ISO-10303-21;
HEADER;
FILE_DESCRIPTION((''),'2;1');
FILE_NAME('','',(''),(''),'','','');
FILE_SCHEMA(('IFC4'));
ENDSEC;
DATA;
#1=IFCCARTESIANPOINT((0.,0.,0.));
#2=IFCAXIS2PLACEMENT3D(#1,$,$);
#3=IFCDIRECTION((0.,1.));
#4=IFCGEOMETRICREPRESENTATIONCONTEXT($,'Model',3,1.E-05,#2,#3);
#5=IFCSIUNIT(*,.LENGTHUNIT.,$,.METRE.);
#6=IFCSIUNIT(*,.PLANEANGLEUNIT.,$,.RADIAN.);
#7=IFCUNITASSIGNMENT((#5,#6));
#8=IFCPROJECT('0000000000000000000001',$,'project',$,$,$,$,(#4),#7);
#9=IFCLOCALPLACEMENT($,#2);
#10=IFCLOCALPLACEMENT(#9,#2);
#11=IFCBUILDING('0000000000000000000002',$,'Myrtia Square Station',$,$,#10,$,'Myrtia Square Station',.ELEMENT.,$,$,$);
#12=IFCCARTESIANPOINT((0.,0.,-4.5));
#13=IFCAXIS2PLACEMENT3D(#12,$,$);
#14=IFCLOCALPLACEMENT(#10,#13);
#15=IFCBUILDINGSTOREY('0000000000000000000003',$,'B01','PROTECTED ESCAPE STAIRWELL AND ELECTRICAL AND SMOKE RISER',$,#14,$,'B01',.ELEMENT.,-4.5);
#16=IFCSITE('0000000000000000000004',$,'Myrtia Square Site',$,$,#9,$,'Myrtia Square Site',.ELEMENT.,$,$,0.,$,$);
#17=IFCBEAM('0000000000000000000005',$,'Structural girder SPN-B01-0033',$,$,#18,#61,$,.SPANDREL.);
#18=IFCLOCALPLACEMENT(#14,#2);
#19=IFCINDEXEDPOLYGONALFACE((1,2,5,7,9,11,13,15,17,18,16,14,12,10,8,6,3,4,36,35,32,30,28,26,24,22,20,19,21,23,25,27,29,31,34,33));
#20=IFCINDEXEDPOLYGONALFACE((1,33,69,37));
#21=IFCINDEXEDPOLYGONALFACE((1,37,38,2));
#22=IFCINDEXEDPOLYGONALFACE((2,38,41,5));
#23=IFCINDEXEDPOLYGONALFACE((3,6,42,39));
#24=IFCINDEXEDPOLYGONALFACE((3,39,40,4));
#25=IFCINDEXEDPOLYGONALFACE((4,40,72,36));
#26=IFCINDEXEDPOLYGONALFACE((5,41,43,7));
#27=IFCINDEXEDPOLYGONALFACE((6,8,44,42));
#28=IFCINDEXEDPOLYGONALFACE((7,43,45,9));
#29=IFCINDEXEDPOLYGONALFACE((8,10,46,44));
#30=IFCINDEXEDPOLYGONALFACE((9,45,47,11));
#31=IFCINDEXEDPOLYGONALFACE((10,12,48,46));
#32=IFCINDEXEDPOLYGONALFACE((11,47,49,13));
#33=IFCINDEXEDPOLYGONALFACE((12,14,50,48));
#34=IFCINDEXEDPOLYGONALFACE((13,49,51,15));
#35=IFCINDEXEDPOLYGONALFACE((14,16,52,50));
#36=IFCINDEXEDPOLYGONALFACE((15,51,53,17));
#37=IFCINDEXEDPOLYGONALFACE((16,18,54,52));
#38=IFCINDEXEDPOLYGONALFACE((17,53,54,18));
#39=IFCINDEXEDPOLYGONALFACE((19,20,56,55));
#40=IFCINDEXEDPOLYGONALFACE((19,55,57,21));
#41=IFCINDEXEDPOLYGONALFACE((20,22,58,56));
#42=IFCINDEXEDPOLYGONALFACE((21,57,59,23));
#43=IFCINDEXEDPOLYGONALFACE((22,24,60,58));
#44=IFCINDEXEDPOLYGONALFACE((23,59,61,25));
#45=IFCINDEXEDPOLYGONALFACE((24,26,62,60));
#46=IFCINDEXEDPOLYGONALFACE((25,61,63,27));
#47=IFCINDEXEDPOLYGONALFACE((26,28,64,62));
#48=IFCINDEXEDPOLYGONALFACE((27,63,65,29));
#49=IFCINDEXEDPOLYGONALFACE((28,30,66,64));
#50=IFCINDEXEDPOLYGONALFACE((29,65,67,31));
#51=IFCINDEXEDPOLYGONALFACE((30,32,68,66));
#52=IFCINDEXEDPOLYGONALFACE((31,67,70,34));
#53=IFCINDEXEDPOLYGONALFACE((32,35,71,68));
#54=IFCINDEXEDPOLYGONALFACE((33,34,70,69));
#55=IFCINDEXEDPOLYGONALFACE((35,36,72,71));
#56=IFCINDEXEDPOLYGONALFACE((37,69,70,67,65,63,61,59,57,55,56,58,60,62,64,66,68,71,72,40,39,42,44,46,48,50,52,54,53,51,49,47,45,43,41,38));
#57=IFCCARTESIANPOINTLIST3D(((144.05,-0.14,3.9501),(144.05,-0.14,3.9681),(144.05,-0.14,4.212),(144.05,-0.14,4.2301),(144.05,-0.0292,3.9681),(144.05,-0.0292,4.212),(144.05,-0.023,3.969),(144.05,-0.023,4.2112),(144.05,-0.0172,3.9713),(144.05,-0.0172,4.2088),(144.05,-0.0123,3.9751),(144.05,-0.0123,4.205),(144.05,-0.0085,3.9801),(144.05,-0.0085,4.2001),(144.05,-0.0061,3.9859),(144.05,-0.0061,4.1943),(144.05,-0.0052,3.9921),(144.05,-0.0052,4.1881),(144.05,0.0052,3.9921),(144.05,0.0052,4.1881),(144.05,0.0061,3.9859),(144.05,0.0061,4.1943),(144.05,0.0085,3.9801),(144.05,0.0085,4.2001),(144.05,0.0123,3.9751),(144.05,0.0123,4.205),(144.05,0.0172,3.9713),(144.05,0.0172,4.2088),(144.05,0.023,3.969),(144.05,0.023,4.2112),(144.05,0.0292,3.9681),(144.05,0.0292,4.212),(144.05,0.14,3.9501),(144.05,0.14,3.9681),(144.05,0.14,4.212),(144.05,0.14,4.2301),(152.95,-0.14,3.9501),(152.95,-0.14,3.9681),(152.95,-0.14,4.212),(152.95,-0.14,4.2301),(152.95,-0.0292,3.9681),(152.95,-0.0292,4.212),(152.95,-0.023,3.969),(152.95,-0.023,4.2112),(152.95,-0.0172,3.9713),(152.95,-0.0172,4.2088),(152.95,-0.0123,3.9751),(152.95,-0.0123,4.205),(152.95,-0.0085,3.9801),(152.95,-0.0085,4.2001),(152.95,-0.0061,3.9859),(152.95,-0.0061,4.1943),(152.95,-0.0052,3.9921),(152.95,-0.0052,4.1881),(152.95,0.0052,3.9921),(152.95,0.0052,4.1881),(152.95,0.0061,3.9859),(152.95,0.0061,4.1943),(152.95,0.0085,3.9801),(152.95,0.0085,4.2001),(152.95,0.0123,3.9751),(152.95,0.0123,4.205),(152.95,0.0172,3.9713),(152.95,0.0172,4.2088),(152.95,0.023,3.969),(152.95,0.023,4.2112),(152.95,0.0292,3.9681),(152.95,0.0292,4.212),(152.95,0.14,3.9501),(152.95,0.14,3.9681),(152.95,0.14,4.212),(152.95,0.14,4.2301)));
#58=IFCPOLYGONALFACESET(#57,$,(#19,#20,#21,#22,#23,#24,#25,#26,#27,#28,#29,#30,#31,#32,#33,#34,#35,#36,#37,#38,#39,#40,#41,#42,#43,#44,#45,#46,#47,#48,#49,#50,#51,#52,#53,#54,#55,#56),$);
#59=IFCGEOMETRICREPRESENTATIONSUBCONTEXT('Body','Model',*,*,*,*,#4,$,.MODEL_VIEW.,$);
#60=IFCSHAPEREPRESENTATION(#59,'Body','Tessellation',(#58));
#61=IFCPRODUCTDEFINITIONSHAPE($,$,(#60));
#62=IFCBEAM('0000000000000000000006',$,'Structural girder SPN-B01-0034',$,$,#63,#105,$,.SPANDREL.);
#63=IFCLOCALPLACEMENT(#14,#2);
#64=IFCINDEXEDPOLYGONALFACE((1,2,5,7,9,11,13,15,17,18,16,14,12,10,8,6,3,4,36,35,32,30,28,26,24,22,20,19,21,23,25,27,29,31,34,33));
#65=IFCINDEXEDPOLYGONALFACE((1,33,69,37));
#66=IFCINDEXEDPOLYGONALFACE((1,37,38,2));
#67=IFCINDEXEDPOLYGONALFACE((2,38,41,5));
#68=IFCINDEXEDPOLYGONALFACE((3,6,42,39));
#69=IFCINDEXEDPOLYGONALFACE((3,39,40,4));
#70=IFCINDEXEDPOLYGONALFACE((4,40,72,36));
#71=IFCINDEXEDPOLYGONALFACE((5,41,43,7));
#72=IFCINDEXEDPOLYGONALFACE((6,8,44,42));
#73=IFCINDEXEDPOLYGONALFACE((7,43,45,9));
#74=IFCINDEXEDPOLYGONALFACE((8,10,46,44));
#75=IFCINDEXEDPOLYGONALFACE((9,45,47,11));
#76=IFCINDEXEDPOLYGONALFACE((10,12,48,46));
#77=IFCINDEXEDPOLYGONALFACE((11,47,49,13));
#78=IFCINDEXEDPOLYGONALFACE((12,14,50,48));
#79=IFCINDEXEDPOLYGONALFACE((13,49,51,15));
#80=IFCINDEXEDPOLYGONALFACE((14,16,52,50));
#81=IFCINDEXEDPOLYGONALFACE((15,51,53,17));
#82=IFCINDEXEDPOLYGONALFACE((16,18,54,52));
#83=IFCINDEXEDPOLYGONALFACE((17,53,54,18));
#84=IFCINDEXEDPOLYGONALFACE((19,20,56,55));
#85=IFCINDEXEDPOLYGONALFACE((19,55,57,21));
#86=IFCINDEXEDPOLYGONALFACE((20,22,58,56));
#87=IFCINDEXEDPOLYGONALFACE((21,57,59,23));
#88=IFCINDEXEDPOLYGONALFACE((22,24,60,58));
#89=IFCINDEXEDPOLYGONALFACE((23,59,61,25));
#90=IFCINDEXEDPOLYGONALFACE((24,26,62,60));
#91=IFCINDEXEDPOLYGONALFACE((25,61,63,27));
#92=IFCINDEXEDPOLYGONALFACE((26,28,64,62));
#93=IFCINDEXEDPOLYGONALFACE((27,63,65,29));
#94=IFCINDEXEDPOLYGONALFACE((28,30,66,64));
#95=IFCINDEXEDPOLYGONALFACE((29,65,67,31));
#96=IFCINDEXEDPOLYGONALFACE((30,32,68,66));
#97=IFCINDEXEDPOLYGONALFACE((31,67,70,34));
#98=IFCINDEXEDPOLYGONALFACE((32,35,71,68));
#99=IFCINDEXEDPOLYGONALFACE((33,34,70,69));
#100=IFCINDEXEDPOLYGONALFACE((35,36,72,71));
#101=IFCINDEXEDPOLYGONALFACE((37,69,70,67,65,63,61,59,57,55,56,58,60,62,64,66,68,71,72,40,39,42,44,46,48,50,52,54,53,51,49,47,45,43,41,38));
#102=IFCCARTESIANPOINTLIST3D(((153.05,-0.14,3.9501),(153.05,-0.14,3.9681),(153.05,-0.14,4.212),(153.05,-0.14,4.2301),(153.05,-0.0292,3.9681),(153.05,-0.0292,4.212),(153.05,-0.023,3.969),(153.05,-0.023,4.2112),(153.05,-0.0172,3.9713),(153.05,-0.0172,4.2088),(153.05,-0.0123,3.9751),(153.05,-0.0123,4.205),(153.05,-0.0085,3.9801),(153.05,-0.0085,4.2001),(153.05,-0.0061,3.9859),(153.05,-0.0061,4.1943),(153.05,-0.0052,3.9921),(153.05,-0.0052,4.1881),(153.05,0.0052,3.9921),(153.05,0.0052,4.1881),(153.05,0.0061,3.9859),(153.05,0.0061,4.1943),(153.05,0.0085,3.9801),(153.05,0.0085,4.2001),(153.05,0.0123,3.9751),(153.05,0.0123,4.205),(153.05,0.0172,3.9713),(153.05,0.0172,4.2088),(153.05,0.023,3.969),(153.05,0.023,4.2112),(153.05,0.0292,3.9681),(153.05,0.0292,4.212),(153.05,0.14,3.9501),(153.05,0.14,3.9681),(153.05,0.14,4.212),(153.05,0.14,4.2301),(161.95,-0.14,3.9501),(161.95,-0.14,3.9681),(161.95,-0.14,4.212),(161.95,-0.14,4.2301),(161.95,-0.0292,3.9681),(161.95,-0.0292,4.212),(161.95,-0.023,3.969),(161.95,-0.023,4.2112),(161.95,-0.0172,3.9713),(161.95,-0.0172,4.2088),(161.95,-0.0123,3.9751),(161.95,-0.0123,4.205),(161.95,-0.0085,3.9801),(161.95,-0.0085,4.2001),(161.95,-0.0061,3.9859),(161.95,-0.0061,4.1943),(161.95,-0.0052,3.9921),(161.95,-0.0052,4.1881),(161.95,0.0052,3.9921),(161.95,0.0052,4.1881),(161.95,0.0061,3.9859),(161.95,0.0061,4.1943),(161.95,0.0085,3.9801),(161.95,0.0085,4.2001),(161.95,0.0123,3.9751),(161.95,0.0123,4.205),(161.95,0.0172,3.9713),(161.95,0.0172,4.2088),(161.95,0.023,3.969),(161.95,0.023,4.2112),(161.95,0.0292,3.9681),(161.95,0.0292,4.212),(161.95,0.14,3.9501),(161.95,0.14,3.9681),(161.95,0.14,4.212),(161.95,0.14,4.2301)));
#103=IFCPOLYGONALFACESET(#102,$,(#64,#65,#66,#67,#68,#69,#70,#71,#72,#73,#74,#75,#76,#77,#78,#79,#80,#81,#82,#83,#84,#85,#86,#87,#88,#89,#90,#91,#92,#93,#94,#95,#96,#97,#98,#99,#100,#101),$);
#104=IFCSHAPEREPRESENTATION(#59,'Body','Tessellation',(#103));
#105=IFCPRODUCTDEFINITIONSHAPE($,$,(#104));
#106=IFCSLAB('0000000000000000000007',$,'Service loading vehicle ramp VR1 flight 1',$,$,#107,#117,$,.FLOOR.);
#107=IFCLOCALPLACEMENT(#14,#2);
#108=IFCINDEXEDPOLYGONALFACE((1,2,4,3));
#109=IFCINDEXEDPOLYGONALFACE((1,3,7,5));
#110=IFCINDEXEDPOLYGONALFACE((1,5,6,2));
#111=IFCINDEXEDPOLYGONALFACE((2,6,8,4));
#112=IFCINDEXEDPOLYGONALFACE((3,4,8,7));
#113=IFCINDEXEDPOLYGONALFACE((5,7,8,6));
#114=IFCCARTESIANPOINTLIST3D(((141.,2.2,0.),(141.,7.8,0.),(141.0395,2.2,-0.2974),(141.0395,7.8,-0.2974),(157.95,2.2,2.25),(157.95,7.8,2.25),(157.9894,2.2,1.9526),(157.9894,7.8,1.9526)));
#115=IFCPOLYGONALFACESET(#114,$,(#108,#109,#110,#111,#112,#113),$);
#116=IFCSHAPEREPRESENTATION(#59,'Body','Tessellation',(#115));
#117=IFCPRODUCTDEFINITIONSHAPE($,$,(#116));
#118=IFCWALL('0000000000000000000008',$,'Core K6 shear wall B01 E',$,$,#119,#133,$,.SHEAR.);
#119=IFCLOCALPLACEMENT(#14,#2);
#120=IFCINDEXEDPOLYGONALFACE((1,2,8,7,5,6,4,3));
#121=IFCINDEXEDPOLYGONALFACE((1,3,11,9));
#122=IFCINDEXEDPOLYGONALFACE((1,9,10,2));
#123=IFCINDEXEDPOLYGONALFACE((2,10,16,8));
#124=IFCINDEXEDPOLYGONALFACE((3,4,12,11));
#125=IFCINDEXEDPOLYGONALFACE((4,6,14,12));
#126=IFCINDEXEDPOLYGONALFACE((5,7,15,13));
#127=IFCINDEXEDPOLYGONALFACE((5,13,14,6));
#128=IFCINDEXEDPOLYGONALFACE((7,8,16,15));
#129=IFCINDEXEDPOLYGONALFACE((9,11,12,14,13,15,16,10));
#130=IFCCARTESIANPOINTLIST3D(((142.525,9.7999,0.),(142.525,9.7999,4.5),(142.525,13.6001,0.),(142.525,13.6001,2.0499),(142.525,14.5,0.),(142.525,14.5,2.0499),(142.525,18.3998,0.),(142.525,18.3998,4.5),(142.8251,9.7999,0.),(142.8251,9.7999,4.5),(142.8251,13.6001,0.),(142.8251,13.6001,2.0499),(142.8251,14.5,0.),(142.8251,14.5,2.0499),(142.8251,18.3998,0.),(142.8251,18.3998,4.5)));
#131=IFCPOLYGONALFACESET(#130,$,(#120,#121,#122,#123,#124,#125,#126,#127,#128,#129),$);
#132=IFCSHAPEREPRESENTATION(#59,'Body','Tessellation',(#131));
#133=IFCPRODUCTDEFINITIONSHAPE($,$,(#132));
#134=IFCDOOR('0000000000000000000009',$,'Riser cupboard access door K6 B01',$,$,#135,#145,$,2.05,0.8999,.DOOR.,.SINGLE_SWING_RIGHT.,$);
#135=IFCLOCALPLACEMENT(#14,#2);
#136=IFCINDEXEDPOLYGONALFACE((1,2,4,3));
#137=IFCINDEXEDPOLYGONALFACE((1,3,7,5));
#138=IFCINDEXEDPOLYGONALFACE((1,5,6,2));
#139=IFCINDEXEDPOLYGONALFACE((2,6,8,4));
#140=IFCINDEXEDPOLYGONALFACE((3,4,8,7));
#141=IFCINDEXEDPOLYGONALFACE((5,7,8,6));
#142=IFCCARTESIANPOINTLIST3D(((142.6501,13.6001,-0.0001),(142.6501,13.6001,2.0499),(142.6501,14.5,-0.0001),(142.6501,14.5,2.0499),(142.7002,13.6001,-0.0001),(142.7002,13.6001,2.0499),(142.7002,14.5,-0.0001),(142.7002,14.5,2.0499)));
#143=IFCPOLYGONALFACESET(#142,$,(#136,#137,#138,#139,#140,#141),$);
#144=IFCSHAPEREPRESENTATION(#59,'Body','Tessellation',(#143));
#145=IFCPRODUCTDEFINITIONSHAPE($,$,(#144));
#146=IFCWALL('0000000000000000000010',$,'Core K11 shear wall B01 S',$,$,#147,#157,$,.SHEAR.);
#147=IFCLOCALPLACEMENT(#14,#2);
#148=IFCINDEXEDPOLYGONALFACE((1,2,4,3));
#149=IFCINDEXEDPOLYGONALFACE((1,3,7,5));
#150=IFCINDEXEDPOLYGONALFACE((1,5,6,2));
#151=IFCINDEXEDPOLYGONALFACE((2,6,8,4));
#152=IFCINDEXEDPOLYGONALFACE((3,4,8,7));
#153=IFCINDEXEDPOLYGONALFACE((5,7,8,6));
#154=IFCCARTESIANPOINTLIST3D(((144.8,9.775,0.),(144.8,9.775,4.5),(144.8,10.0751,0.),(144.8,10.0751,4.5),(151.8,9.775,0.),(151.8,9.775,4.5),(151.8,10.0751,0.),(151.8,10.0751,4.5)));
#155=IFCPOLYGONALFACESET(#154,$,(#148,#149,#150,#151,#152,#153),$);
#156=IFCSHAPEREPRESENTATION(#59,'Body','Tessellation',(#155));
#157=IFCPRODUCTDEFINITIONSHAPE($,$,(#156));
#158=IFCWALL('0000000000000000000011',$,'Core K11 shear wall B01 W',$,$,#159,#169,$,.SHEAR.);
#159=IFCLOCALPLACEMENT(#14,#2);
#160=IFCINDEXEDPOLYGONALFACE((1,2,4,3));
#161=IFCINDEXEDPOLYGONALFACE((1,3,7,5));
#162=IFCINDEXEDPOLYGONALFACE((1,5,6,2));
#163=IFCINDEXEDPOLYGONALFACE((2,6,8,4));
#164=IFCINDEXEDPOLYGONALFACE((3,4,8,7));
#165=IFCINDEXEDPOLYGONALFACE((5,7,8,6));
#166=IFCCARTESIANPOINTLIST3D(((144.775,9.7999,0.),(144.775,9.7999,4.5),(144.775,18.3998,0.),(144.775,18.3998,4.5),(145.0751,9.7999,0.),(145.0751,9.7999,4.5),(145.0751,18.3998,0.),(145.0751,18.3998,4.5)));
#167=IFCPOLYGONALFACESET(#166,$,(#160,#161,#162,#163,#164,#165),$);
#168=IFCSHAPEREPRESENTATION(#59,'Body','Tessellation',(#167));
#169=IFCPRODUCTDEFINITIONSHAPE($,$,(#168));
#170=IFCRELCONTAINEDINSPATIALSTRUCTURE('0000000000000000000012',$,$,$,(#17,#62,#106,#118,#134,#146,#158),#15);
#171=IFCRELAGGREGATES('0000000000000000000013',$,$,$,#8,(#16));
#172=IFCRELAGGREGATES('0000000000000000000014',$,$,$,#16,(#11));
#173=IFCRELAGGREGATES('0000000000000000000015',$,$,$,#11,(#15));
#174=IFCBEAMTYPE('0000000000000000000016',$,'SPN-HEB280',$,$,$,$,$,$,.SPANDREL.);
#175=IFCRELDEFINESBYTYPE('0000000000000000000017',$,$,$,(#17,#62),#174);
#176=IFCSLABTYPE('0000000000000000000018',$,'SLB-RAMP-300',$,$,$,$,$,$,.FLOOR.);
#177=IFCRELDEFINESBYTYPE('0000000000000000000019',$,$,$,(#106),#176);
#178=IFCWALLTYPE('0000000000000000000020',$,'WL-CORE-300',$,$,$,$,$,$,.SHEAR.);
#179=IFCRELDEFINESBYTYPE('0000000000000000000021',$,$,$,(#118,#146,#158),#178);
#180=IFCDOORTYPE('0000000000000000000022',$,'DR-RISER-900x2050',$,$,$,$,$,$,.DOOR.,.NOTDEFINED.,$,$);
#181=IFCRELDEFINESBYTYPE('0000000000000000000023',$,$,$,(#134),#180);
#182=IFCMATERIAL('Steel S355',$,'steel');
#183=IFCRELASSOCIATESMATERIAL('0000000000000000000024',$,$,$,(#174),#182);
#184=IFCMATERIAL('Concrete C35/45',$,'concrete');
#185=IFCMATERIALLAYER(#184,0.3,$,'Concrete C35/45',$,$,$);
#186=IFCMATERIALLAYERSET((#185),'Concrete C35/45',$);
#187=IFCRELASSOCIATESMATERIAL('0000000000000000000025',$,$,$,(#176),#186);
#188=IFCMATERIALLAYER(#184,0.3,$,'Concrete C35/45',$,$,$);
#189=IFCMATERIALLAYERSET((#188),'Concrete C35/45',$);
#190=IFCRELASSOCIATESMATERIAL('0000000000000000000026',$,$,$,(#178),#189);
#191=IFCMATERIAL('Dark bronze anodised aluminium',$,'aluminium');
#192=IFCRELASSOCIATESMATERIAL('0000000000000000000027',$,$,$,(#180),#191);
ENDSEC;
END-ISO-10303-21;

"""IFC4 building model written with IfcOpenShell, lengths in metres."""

from ifc_helpers import new_model, si_unit, direction, frame, frame_2d, origin, origin_2d, place, context, subcontext, project, spatial, polyline, rectangle, i_section, outline, extrude, material, layer, layer_set, material_profile, profile_set, type_object, element, fill, save


model = new_model("IFC4")

# Units and contexts
model_context = context("Model", 3, precision=1e-05, world=origin(), true_north=direction((0.0, 1.0)))
body_context = subcontext(model_context, "Body", "Model", "MODEL_VIEW")
ifc_project = project(units=[si_unit("LENGTHUNIT", "METRE"), si_unit("PLANEANGLEUNIT", "RADIAN")], contexts=[model_context])

# Site, building, storey
site_placement = place(None, origin())
site = spatial("IfcSite", under=ifc_project, at=site_placement, Name="Myrtia Square Site", LongName="Myrtia Square Site", CompositionType="ELEMENT", RefElevation=0.0)
building_placement = place(site_placement, origin())
building = spatial("IfcBuilding", under=site, at=building_placement, Name="Myrtia Square Station", LongName="Myrtia Square Station", CompositionType="ELEMENT")
storey_placement = place(building_placement, frame((0.0, 0.0, -4.5)))
storey = spatial("IfcBuildingStorey", under=building, at=storey_placement, Name="B01", Description="PROTECTED ESCAPE STAIRWELL AND ELECTRICAL AND SMOKE RISER", LongName="B01", CompositionType="ELEMENT", Elevation=-4.5)

# Shared definitions
ifc_material_1 = material(Name="Concrete C35/45", Category="concrete")

# Shared definitions
ifc_material_2 = material(Name="Steel S355", Category="steel")

# Beams
ifc_material_profile_1 = material_profile(ifc_material_2, i_section(OverallWidth=0.28, OverallDepth=0.28, WebThickness=0.0105, FlangeThickness=0.0181, FilletRadius=0.0239, at=origin_2d()), Name="HEB 280")
ifc_profile_set_1 = profile_set([ifc_material_profile_1], Name="Steel S355")
beam_type_1 = type_object("IfcBeamType", Name="SPN-HEB280", PredefinedType="SPANDREL", material=ifc_profile_set_1)
for number, where, z_axis, x_axis, name in (
    (1, (144.05, 0.0, 4.0901), (1.0, 0.0, 0.0), (0.0, 1.0, 0.0), "Structural girder SPN-B01-0033"),
    (2, (153.05, 0.0, 4.0901), (1.0, 0.0, 0.0), (0.0, 1.0, 0.0), "Structural girder SPN-B01-0034"),
):
    element("IfcBeam", number, at=place(storey_placement, frame(where, z_axis=z_axis, x_axis=x_axis)), inside=storey, type_object=beam_type_1, Name=name, PredefinedType="SPANDREL", context=body_context, shape_type="SweptSolid", body=[
        extrude(i_section(OverallWidth=0.28, OverallDepth=0.28, WebThickness=0.0105, FlangeThickness=0.0181, FilletRadius=0.0239, at=origin_2d()), origin(), (0.0, 0.0, 1.0), 8.8999),
    ])

# Slab
ifc_layer_1 = layer(ifc_material_1, 0.3, Name="Concrete C35/45")
ifc_layer_set_1 = layer_set([ifc_layer_1], Name="Concrete C35/45")
slab_type = type_object("IfcSlabType", Name="SLB-RAMP-300", PredefinedType="FLOOR", material=ifc_layer_set_1)
slab_placement = place(storey_placement, frame((141.0, 2.2, 0.0), z_axis=(-0.131589, 0.0, 0.991304), x_axis=(0.991304, 0.0, 0.131589)))
element("IfcSlab", 3, at=slab_placement, inside=storey, type_object=slab_type, Name="Service loading vehicle ramp VR1 flight 1", PredefinedType="FLOOR", context=body_context, shape_type="SweptSolid", body=[
    extrude(outline(polyline([(0.0, 0.0), (17.0986, 0.0), (17.0986, 5.6001), (0.0, 5.6001), (0.0, 0.0)])), origin(), (0.0, 0.0, -1.0), 0.3),
])

# Wall, opening, door
ifc_layer_2 = layer(ifc_material_1, 0.3, Name="Concrete C35/45")
ifc_layer_set_2 = layer_set([ifc_layer_2], Name="Concrete C35/45")
wall_type_1 = type_object("IfcWallType", Name="WL-CORE-300", PredefinedType="SHEAR", material=ifc_layer_set_2)
wall_1_placement = place(storey_placement, frame((142.675, 9.8, 0.0), z_axis=(0.0, 0.0, 1.0), x_axis=(0.0, 1.0, 0.0)))
wall_1 = element("IfcWall", 4, at=wall_1_placement, inside=storey, type_object=wall_type_1, Name="Core K6 shear wall B01 E", PredefinedType="SHEAR", context=body_context, shape_type="SweptSolid", body=[
    extrude(rectangle(XDim=8.5999, YDim=0.3, at=frame_2d((4.2998, 0.0))), origin(), (0.0, 0.0, 1.0), 4.5),
])
opening_1_placement = place(wall_1_placement, frame((3.8, 0.0, 0.0)))
opening_1 = element("IfcOpeningElement", 5, at=opening_1_placement, cuts=wall_1, PredefinedType="OPENING", context=body_context, shape_type="SweptSolid", body=[
    extrude(rectangle(XDim=0.8999, YDim=2.05, at=frame_2d((0.45, 1.0249))), frame((0.0, 0.165, 0.0), z_axis=(0.0, -1.0, 0.0), x_axis=(1.0, 0.0, 0.0)), (0.0, 0.0, 1.0), 0.3301),
])
ifc_material_3 = material(Name="Dark bronze anodised aluminium", Category="aluminium")
door_type_1 = type_object("IfcDoorType", Name="DR-RISER-900x2050", OperationType="NOTDEFINED", PredefinedType="DOOR", material=ifc_material_3)
door_1_placement = place(opening_1_placement, origin())
door_1 = element("IfcDoor", 6, at=door_1_placement, inside=storey, type_object=door_type_1, Name="Riser cupboard access door K6 B01", OperationType="SINGLE_SWING_RIGHT", OverallHeight=2.05, OverallWidth=0.8999, PredefinedType="DOOR", context=body_context, shape_type="SweptSolid", body=[
    extrude(rectangle(XDim=0.8999, YDim=2.05, at=frame_2d((0.45, 1.0249))), frame((0.0, 0.0249, 0.0), z_axis=(0.0, -1.0, 0.0), x_axis=(1.0, 0.0, 0.0)), (0.0, 0.0, 1.0), 0.05),
])
fill(opening_1, door_1)

# Walls
wall_2_placement = place(storey_placement, frame((144.8, 9.925, 0.0), z_axis=(0.0, 0.0, 1.0), x_axis=(1.0, 0.0, 0.0)))
element("IfcWall", 7, at=wall_2_placement, inside=storey, type_object=wall_type_1, Name="Core K11 shear wall B01 S", PredefinedType="SHEAR", context=body_context, shape_type="SweptSolid", body=[
    extrude(rectangle(XDim=7.0, YDim=0.3, at=frame_2d((3.5, 0.0))), origin(), (0.0, 0.0, 1.0), 4.5),
])
wall_3_placement = place(storey_placement, frame((144.925, 9.8, 0.0), z_axis=(0.0, 0.0, 1.0), x_axis=(0.0, 1.0, 0.0)))
element("IfcWall", 8, at=wall_3_placement, inside=storey, type_object=wall_type_1, Name="Core K11 shear wall B01 W", PredefinedType="SHEAR", context=body_context, shape_type="SweptSolid", body=[
    extrude(rectangle(XDim=8.5999, YDim=0.3, at=frame_2d((4.2998, 0.0))), origin(), (0.0, 0.0, 1.0), 4.5),
])

save(model, "model.ifc")
